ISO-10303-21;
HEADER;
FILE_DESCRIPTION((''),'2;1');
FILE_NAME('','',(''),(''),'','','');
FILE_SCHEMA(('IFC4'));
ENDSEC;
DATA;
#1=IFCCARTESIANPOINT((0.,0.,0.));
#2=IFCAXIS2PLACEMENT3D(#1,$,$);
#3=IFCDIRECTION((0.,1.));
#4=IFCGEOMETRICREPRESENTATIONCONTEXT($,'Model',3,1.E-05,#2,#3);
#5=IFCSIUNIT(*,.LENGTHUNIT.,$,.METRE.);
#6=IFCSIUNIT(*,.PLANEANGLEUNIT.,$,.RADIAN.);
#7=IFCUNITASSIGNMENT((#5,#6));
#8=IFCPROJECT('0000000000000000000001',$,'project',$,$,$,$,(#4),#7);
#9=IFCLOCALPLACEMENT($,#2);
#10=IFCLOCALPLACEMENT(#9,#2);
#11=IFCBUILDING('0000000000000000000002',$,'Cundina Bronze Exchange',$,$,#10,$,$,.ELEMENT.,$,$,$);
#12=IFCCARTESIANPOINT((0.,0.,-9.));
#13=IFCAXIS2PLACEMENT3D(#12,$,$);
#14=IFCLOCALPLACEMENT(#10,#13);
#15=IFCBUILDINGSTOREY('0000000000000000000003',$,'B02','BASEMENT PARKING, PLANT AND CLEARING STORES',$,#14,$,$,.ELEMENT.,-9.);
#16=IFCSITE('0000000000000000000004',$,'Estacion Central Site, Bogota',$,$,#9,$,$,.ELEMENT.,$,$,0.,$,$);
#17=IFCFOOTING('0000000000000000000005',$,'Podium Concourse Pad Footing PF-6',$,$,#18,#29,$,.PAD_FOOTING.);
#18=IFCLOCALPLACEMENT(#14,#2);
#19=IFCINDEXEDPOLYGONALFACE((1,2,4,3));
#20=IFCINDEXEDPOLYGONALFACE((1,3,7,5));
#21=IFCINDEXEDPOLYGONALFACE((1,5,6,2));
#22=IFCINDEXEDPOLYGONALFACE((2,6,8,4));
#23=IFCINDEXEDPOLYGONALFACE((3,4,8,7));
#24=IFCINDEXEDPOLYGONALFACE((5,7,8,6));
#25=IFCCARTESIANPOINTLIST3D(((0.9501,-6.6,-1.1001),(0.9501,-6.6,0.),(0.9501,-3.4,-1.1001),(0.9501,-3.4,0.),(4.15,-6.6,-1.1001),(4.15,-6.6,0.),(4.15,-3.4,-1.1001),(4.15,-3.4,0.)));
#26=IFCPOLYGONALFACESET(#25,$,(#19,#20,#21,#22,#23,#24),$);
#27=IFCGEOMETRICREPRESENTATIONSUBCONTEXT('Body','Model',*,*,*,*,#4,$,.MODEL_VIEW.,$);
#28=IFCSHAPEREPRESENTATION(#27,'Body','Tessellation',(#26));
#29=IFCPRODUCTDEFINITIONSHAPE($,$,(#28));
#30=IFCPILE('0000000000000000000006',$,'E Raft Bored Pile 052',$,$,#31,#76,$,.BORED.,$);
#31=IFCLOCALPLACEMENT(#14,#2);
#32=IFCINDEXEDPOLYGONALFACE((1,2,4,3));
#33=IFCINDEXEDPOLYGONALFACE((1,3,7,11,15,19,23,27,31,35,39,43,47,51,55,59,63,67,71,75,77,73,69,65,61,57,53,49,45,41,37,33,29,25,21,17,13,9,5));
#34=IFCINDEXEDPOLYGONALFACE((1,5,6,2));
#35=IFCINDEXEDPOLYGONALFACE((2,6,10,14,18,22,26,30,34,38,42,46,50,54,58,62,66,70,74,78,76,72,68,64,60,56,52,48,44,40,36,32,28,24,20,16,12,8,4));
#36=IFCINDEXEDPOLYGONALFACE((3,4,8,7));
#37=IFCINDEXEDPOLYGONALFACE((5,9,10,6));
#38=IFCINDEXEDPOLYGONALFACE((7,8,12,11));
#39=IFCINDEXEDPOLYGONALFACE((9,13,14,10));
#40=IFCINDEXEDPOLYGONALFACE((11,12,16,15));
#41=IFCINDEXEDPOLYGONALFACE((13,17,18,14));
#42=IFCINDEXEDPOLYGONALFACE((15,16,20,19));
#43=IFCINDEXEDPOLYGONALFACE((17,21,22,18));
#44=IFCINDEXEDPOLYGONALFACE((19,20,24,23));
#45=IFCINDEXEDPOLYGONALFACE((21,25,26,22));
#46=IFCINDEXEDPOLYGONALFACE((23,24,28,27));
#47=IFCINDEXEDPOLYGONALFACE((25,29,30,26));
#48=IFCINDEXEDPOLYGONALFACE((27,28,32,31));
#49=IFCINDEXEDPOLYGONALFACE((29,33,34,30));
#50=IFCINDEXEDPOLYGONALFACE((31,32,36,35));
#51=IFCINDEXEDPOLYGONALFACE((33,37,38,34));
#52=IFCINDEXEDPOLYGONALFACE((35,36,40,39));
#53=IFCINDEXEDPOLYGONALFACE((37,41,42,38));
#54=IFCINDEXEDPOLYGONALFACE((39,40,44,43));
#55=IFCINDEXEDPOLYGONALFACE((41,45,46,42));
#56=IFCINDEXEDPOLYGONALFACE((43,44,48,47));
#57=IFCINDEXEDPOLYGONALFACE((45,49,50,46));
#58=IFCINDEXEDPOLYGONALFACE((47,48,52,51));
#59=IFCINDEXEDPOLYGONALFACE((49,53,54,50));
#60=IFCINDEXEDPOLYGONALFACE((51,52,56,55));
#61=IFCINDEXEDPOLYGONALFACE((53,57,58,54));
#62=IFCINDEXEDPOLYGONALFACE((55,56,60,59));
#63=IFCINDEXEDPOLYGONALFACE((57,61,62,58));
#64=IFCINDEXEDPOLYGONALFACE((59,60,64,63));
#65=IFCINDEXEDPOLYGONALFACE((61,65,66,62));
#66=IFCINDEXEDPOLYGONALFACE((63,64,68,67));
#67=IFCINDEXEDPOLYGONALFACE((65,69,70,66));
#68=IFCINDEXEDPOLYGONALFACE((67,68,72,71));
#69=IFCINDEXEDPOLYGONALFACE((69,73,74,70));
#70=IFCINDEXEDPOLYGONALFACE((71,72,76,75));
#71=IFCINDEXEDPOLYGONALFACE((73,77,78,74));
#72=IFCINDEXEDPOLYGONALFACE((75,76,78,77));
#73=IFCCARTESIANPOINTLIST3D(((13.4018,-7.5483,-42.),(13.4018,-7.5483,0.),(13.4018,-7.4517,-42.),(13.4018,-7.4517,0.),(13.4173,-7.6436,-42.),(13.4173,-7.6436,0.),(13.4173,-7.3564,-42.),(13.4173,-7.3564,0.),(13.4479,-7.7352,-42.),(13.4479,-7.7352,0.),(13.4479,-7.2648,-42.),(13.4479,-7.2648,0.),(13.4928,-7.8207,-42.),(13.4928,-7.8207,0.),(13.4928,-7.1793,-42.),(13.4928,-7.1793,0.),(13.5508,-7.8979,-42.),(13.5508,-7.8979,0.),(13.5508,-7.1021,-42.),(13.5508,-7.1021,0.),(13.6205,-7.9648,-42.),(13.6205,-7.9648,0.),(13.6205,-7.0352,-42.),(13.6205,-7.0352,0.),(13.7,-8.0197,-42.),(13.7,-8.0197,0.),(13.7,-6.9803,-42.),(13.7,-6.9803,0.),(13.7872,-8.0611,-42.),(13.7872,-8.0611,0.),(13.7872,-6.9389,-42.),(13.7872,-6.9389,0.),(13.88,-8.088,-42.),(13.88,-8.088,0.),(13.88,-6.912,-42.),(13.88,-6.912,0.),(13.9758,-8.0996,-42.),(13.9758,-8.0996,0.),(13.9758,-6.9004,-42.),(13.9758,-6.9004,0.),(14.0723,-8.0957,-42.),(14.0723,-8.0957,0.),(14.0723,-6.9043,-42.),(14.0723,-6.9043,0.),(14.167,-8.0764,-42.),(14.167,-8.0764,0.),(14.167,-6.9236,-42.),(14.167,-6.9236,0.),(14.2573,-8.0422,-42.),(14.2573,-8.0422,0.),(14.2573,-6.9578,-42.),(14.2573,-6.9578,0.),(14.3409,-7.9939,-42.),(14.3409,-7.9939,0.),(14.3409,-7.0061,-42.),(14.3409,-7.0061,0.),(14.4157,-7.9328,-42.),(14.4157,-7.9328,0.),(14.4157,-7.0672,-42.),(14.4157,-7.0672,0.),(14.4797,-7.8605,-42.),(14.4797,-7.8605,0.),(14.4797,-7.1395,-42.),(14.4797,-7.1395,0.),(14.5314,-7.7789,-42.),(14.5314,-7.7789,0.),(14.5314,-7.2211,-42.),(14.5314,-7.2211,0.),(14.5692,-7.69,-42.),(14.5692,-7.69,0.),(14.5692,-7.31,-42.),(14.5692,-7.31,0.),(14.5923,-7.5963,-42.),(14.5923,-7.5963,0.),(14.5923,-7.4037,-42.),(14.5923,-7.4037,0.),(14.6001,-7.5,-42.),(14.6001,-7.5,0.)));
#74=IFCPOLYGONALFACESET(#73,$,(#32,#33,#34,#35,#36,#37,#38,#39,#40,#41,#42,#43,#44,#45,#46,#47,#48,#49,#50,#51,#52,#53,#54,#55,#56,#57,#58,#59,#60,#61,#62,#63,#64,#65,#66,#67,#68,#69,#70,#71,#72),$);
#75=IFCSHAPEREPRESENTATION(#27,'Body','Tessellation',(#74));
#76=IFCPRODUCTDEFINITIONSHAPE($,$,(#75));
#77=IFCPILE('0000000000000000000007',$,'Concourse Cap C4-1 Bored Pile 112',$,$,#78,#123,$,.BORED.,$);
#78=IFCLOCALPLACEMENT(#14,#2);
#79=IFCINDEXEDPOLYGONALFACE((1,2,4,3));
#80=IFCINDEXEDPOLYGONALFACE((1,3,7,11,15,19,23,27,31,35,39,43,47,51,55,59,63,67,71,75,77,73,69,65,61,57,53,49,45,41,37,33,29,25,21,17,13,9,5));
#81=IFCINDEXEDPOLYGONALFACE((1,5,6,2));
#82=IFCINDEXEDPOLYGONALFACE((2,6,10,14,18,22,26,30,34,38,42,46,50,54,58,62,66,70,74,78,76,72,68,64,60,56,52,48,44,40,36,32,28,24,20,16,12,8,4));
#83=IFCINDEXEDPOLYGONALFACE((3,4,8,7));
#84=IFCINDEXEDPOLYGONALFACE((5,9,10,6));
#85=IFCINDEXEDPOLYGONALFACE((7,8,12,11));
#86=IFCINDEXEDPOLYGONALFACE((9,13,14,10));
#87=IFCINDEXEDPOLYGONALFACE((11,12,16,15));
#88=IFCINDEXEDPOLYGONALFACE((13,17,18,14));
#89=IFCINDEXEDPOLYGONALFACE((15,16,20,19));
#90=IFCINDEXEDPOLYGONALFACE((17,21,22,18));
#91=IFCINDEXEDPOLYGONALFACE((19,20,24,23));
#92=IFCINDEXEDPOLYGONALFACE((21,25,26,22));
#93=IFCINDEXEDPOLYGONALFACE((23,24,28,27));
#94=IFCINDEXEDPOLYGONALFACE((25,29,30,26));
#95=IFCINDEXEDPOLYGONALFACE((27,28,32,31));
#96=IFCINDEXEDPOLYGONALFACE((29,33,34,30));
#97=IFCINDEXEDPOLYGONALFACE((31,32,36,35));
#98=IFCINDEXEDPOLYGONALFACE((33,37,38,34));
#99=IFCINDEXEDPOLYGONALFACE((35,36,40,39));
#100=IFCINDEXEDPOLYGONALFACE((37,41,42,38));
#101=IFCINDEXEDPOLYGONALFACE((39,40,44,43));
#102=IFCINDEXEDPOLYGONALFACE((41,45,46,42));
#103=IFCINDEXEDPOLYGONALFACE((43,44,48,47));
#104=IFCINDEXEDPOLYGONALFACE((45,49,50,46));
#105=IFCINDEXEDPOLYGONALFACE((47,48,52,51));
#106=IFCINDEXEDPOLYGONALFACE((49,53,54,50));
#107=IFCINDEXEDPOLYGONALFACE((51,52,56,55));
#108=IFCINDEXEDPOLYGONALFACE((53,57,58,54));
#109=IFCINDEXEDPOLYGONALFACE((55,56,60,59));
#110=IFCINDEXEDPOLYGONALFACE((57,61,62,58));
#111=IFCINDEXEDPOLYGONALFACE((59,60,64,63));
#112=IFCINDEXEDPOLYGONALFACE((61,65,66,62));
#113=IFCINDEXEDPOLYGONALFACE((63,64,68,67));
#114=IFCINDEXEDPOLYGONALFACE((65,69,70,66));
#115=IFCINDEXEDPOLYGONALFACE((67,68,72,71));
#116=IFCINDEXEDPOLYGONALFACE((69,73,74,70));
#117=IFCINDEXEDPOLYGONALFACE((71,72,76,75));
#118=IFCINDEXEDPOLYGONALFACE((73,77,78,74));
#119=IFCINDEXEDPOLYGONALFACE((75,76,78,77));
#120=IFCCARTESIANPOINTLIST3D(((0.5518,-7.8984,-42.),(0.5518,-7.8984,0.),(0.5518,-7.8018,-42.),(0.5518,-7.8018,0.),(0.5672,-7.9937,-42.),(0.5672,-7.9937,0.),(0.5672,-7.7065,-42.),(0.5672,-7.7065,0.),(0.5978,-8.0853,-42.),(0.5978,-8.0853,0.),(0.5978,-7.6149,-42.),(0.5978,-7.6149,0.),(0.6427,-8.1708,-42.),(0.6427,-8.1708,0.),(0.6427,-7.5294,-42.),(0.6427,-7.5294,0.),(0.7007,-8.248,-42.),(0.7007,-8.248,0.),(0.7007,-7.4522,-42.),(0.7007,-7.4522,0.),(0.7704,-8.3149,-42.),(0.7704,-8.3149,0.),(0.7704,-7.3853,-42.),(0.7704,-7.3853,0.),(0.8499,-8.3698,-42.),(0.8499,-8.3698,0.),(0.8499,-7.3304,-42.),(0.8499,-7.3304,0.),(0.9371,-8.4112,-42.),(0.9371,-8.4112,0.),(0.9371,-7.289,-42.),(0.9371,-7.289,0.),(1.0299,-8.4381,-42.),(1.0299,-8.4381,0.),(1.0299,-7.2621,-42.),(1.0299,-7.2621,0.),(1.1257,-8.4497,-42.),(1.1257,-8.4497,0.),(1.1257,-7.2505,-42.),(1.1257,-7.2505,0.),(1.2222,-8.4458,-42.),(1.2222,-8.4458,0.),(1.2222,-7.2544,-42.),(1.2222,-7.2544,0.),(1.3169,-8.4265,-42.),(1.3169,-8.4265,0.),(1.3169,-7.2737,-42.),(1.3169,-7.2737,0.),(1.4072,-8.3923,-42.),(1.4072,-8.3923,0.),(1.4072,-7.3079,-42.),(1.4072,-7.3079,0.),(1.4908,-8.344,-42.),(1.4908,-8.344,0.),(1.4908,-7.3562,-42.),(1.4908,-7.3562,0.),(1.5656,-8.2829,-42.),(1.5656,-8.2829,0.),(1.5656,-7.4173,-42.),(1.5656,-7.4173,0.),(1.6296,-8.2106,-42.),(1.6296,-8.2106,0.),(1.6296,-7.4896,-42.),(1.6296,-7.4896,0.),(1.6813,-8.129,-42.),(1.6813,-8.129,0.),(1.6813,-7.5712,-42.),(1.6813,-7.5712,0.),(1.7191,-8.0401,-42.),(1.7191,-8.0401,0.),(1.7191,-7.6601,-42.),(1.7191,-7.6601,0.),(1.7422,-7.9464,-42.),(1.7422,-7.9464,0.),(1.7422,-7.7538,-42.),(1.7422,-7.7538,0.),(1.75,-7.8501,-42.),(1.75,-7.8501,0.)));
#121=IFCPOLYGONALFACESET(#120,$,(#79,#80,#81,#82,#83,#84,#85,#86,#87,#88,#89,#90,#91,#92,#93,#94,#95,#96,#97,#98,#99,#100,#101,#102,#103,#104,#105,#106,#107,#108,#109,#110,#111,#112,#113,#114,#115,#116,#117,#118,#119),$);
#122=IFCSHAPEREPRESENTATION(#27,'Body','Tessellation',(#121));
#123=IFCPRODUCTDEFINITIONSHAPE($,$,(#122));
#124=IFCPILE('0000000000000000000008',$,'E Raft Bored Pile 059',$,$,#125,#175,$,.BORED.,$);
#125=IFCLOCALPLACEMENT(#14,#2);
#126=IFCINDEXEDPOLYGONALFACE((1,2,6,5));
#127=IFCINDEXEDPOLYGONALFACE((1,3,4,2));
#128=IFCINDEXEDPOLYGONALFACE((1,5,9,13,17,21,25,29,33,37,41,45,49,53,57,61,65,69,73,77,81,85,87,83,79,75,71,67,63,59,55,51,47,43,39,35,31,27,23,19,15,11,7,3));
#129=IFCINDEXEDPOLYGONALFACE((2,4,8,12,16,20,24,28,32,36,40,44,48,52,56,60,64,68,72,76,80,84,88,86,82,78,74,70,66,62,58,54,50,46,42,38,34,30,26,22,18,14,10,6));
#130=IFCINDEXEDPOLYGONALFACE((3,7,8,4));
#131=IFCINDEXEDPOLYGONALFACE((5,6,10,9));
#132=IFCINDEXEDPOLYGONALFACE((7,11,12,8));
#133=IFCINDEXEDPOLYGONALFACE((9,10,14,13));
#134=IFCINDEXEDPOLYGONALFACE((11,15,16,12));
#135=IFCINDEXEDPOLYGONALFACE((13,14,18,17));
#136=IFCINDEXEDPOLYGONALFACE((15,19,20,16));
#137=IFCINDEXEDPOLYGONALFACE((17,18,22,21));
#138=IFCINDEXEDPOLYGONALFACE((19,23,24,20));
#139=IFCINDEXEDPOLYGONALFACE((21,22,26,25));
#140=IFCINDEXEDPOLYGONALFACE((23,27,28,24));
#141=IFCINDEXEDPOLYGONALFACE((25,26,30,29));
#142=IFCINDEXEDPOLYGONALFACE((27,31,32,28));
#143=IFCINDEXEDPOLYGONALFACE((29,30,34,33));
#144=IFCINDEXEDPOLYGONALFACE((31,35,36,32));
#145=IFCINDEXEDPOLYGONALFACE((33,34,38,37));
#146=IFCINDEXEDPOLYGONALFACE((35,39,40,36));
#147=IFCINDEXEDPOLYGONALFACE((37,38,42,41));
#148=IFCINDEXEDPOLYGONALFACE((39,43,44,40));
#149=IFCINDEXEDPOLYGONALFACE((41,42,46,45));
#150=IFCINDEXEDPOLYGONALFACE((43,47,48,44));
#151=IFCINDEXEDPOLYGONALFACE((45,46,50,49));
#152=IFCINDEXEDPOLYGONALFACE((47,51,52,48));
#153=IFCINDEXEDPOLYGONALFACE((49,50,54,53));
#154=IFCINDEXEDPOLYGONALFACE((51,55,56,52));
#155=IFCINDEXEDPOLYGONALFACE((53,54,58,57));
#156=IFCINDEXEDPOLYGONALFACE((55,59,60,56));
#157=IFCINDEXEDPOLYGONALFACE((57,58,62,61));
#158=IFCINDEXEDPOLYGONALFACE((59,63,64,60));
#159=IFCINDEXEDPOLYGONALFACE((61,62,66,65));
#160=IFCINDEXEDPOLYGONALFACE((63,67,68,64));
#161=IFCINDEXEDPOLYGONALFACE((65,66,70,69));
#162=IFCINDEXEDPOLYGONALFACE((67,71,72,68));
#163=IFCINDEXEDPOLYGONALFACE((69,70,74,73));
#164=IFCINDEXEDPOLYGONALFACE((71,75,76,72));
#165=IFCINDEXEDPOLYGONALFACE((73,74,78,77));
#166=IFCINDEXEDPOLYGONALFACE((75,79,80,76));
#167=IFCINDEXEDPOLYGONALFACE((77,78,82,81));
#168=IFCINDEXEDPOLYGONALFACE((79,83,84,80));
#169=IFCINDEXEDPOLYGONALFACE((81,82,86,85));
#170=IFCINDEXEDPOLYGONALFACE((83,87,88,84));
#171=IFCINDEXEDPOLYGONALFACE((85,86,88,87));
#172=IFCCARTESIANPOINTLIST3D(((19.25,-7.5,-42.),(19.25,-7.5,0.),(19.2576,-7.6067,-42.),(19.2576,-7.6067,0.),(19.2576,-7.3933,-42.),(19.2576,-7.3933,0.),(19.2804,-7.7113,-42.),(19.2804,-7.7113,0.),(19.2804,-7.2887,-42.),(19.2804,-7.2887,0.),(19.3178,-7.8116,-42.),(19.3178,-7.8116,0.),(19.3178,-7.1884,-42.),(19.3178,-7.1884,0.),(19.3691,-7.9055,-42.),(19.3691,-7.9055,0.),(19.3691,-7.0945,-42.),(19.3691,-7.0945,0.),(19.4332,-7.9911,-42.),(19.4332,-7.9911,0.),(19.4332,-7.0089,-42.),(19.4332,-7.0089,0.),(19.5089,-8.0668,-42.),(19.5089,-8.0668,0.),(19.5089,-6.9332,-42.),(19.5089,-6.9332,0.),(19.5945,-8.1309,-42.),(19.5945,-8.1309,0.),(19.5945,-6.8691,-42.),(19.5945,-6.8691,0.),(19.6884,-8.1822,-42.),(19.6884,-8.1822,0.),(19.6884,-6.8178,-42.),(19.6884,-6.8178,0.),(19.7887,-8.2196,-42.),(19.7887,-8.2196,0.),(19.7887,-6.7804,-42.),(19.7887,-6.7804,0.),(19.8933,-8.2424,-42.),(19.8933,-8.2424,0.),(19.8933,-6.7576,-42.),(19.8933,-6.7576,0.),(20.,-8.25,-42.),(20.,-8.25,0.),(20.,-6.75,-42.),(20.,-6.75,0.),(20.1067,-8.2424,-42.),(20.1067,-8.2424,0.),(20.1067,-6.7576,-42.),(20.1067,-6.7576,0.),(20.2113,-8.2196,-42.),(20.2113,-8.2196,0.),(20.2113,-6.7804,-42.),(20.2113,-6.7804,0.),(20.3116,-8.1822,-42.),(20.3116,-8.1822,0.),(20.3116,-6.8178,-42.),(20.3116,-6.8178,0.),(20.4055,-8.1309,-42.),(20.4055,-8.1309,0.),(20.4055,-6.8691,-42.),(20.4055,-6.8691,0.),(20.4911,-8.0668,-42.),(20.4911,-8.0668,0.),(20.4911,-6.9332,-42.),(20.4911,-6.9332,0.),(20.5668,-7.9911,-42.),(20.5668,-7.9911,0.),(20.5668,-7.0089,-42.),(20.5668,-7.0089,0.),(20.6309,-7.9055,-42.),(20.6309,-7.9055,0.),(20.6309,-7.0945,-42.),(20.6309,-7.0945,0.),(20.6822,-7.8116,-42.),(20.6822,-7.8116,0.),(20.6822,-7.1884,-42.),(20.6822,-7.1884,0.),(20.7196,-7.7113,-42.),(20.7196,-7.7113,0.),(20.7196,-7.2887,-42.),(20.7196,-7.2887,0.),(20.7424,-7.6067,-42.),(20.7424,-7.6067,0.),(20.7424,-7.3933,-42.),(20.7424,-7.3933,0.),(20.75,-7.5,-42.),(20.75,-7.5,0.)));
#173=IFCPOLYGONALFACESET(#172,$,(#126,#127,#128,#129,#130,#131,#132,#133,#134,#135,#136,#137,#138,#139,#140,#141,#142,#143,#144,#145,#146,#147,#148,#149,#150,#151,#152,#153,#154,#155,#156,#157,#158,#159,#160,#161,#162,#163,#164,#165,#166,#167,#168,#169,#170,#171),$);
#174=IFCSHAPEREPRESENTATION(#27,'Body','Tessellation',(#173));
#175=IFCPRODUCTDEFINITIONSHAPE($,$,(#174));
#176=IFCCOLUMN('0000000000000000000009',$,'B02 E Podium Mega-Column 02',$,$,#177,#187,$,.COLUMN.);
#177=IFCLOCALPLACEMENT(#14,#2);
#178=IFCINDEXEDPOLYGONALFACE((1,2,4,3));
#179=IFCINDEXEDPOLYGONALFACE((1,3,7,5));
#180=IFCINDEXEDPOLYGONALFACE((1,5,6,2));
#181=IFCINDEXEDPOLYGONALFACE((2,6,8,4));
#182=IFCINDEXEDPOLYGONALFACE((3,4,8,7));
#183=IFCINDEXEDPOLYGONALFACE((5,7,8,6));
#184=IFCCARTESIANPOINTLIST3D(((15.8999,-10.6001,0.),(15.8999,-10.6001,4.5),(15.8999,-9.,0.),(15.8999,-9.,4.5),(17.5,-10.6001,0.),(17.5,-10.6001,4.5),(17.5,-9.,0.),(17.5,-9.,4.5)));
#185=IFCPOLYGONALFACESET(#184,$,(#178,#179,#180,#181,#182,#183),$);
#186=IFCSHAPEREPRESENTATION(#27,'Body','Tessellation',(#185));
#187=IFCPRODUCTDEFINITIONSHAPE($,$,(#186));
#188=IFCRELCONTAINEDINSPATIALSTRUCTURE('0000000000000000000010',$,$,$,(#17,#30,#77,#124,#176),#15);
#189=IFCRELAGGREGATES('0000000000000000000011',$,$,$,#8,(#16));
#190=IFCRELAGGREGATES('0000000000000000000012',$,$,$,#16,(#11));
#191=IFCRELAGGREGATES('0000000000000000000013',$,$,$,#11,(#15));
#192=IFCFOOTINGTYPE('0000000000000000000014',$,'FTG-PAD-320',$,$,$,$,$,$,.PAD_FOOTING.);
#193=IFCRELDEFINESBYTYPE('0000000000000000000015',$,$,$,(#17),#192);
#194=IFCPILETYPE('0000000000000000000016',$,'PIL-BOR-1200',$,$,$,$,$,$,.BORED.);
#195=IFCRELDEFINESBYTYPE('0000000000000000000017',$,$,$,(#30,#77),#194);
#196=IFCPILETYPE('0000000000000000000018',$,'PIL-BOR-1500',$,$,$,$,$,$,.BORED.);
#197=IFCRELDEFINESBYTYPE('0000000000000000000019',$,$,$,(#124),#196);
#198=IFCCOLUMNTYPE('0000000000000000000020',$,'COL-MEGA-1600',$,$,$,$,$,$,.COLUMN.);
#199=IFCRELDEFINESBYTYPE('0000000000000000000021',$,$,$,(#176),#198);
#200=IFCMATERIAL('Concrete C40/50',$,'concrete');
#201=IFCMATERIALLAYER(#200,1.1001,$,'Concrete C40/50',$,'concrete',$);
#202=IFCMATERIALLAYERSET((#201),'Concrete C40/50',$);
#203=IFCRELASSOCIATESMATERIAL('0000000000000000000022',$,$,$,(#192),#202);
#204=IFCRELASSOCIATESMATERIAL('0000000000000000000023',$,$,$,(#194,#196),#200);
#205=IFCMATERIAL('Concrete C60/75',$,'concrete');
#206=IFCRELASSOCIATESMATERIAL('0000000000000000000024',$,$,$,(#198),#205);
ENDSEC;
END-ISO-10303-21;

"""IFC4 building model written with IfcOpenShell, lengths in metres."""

from ifc_helpers import new_model, si_unit, direction, frame, origin, origin_2d, place, context, subcontext, project, spatial, rectangle, circle, extrude, material, layer, layer_set, material_profile, profile_set, type_object, element, save


model = new_model("IFC4")

# Units and contexts
model_context = context("Model", 3, precision=1e-05, world=origin(), true_north=direction((0.0, 1.0)))
body_context = subcontext(model_context, "Body", "Model", "MODEL_VIEW")
ifc_project = project(units=[si_unit("LENGTHUNIT", "METRE"), si_unit("PLANEANGLEUNIT", "RADIAN")], contexts=[model_context])

# Site, building, storey
site_placement = place(None, origin())
site = spatial("IfcSite", under=ifc_project, at=site_placement, Name="Estacion Central Site, Bogota", CompositionType="ELEMENT", RefElevation=0.0)
building_placement = place(site_placement, origin())
building = spatial("IfcBuilding", under=site, at=building_placement, Name="Cundina Bronze Exchange", CompositionType="ELEMENT")
storey_placement = place(building_placement, frame((0.0, 0.0, -9.0)))
storey = spatial("IfcBuildingStorey", under=building, at=storey_placement, Name="B02", Description="BASEMENT PARKING, PLANT AND CLEARING STORES", CompositionType="ELEMENT", Elevation=-9.0)

# Footing
ifc_material_1 = material(Name="Concrete C40/50", Category="concrete")
ifc_layer_1 = layer(ifc_material_1, 1.1001, Name="Concrete C40/50", Category="concrete")
ifc_layer_set_1 = layer_set([ifc_layer_1], Name="Concrete C40/50")
footing_type = type_object("IfcFootingType", Name="FTG-PAD-320", PredefinedType="PAD_FOOTING", material=ifc_layer_set_1)
footing_placement = place(storey_placement, frame((2.55, -5.0, -1.1001), z_axis=(0.0, 0.0, 1.0), x_axis=(1.0, 0.0, 0.0)))
element("IfcFooting", 1, at=footing_placement, inside=storey, type_object=footing_type, Name="Podium Concourse Pad Footing PF-6", PredefinedType="PAD_FOOTING", context=body_context, shape_type="SweptSolid", body=[
    extrude(rectangle(XDim=3.2, YDim=3.2, at=origin_2d()), origin(), (0.0, 0.0, 1.0), 1.1001),
])

# Piles
ifc_material_profile_1 = material_profile(ifc_material_1, circle(Radius=0.6001, at=origin_2d()), Name="PILE1200D", Category="concrete")
ifc_profile_set_1 = profile_set([ifc_material_profile_1], Name="Concrete C40/50")
pile_type_1 = type_object("IfcPileType", Name="PIL-BOR-1200", PredefinedType="BORED", material=ifc_profile_set_1)
for number, where, z_axis, x_axis, name in (
    (2, (14.0, -7.5, 0.0), (0.0, 0.0, -1.0), (1.0, 0.0, 0.0), "E Raft Bored Pile 052"),
    (3, (1.1499, -7.8501, 0.0), (0.0, 0.0, -1.0), (1.0, 0.0, 0.0), "Concourse Cap C4-1 Bored Pile 112"),
):
    element("IfcPile", number, at=place(storey_placement, frame(where, z_axis=z_axis, x_axis=x_axis)), inside=storey, type_object=pile_type_1, Name=name, PredefinedType="BORED", context=body_context, shape_type="SweptSolid", body=[
        extrude(circle(Radius=0.6001, at=origin_2d()), origin(), (0.0, 0.0, 1.0), 42.0),
    ])
ifc_material_profile_2 = material_profile(ifc_material_1, circle(Radius=0.75, at=origin_2d()), Name="PILE1500D", Category="concrete")
ifc_profile_set_2 = profile_set([ifc_material_profile_2], Name="Concrete C40/50")
pile_type_2 = type_object("IfcPileType", Name="PIL-BOR-1500", PredefinedType="BORED", material=ifc_profile_set_2)
pile_placement = place(storey_placement, frame((20.0, -7.5, 0.0), z_axis=(0.0, 0.0, -1.0), x_axis=(1.0, 0.0, 0.0)))
element("IfcPile", 4, at=pile_placement, inside=storey, type_object=pile_type_2, Name="E Raft Bored Pile 059", PredefinedType="BORED", context=body_context, shape_type="SweptSolid", body=[
    extrude(circle(Radius=0.75, at=origin_2d()), origin(), (0.0, 0.0, 1.0), 42.0),
])

# Column
ifc_material_2 = material(Name="Concrete C60/75", Category="concrete")
ifc_material_profile_3 = material_profile(ifc_material_2, rectangle(XDim=1.6001, YDim=1.6001, at=origin_2d()), Name="RC1600X1600", Category="concrete")
ifc_profile_set_3 = profile_set([ifc_material_profile_3], Name="Concrete C60/75")
column_type_1 = type_object("IfcColumnType", Name="COL-MEGA-1600", PredefinedType="COLUMN", material=ifc_profile_set_3)
column_1_placement = place(storey_placement, frame((16.7, -9.8, 0.0), z_axis=(0.0, 0.0, 1.0), x_axis=(1.0, 0.0, 0.0)))
element("IfcColumn", 5, at=column_1_placement, inside=storey, type_object=column_type_1, Name="B02 E Podium Mega-Column 02", PredefinedType="COLUMN", context=body_context, shape_type="SweptSolid", body=[
    extrude(rectangle(XDim=1.6001, YDim=1.6001, at=origin_2d()), origin(), (0.0, 0.0, 1.0), 4.5),
])

save(model, "model.ifc")
